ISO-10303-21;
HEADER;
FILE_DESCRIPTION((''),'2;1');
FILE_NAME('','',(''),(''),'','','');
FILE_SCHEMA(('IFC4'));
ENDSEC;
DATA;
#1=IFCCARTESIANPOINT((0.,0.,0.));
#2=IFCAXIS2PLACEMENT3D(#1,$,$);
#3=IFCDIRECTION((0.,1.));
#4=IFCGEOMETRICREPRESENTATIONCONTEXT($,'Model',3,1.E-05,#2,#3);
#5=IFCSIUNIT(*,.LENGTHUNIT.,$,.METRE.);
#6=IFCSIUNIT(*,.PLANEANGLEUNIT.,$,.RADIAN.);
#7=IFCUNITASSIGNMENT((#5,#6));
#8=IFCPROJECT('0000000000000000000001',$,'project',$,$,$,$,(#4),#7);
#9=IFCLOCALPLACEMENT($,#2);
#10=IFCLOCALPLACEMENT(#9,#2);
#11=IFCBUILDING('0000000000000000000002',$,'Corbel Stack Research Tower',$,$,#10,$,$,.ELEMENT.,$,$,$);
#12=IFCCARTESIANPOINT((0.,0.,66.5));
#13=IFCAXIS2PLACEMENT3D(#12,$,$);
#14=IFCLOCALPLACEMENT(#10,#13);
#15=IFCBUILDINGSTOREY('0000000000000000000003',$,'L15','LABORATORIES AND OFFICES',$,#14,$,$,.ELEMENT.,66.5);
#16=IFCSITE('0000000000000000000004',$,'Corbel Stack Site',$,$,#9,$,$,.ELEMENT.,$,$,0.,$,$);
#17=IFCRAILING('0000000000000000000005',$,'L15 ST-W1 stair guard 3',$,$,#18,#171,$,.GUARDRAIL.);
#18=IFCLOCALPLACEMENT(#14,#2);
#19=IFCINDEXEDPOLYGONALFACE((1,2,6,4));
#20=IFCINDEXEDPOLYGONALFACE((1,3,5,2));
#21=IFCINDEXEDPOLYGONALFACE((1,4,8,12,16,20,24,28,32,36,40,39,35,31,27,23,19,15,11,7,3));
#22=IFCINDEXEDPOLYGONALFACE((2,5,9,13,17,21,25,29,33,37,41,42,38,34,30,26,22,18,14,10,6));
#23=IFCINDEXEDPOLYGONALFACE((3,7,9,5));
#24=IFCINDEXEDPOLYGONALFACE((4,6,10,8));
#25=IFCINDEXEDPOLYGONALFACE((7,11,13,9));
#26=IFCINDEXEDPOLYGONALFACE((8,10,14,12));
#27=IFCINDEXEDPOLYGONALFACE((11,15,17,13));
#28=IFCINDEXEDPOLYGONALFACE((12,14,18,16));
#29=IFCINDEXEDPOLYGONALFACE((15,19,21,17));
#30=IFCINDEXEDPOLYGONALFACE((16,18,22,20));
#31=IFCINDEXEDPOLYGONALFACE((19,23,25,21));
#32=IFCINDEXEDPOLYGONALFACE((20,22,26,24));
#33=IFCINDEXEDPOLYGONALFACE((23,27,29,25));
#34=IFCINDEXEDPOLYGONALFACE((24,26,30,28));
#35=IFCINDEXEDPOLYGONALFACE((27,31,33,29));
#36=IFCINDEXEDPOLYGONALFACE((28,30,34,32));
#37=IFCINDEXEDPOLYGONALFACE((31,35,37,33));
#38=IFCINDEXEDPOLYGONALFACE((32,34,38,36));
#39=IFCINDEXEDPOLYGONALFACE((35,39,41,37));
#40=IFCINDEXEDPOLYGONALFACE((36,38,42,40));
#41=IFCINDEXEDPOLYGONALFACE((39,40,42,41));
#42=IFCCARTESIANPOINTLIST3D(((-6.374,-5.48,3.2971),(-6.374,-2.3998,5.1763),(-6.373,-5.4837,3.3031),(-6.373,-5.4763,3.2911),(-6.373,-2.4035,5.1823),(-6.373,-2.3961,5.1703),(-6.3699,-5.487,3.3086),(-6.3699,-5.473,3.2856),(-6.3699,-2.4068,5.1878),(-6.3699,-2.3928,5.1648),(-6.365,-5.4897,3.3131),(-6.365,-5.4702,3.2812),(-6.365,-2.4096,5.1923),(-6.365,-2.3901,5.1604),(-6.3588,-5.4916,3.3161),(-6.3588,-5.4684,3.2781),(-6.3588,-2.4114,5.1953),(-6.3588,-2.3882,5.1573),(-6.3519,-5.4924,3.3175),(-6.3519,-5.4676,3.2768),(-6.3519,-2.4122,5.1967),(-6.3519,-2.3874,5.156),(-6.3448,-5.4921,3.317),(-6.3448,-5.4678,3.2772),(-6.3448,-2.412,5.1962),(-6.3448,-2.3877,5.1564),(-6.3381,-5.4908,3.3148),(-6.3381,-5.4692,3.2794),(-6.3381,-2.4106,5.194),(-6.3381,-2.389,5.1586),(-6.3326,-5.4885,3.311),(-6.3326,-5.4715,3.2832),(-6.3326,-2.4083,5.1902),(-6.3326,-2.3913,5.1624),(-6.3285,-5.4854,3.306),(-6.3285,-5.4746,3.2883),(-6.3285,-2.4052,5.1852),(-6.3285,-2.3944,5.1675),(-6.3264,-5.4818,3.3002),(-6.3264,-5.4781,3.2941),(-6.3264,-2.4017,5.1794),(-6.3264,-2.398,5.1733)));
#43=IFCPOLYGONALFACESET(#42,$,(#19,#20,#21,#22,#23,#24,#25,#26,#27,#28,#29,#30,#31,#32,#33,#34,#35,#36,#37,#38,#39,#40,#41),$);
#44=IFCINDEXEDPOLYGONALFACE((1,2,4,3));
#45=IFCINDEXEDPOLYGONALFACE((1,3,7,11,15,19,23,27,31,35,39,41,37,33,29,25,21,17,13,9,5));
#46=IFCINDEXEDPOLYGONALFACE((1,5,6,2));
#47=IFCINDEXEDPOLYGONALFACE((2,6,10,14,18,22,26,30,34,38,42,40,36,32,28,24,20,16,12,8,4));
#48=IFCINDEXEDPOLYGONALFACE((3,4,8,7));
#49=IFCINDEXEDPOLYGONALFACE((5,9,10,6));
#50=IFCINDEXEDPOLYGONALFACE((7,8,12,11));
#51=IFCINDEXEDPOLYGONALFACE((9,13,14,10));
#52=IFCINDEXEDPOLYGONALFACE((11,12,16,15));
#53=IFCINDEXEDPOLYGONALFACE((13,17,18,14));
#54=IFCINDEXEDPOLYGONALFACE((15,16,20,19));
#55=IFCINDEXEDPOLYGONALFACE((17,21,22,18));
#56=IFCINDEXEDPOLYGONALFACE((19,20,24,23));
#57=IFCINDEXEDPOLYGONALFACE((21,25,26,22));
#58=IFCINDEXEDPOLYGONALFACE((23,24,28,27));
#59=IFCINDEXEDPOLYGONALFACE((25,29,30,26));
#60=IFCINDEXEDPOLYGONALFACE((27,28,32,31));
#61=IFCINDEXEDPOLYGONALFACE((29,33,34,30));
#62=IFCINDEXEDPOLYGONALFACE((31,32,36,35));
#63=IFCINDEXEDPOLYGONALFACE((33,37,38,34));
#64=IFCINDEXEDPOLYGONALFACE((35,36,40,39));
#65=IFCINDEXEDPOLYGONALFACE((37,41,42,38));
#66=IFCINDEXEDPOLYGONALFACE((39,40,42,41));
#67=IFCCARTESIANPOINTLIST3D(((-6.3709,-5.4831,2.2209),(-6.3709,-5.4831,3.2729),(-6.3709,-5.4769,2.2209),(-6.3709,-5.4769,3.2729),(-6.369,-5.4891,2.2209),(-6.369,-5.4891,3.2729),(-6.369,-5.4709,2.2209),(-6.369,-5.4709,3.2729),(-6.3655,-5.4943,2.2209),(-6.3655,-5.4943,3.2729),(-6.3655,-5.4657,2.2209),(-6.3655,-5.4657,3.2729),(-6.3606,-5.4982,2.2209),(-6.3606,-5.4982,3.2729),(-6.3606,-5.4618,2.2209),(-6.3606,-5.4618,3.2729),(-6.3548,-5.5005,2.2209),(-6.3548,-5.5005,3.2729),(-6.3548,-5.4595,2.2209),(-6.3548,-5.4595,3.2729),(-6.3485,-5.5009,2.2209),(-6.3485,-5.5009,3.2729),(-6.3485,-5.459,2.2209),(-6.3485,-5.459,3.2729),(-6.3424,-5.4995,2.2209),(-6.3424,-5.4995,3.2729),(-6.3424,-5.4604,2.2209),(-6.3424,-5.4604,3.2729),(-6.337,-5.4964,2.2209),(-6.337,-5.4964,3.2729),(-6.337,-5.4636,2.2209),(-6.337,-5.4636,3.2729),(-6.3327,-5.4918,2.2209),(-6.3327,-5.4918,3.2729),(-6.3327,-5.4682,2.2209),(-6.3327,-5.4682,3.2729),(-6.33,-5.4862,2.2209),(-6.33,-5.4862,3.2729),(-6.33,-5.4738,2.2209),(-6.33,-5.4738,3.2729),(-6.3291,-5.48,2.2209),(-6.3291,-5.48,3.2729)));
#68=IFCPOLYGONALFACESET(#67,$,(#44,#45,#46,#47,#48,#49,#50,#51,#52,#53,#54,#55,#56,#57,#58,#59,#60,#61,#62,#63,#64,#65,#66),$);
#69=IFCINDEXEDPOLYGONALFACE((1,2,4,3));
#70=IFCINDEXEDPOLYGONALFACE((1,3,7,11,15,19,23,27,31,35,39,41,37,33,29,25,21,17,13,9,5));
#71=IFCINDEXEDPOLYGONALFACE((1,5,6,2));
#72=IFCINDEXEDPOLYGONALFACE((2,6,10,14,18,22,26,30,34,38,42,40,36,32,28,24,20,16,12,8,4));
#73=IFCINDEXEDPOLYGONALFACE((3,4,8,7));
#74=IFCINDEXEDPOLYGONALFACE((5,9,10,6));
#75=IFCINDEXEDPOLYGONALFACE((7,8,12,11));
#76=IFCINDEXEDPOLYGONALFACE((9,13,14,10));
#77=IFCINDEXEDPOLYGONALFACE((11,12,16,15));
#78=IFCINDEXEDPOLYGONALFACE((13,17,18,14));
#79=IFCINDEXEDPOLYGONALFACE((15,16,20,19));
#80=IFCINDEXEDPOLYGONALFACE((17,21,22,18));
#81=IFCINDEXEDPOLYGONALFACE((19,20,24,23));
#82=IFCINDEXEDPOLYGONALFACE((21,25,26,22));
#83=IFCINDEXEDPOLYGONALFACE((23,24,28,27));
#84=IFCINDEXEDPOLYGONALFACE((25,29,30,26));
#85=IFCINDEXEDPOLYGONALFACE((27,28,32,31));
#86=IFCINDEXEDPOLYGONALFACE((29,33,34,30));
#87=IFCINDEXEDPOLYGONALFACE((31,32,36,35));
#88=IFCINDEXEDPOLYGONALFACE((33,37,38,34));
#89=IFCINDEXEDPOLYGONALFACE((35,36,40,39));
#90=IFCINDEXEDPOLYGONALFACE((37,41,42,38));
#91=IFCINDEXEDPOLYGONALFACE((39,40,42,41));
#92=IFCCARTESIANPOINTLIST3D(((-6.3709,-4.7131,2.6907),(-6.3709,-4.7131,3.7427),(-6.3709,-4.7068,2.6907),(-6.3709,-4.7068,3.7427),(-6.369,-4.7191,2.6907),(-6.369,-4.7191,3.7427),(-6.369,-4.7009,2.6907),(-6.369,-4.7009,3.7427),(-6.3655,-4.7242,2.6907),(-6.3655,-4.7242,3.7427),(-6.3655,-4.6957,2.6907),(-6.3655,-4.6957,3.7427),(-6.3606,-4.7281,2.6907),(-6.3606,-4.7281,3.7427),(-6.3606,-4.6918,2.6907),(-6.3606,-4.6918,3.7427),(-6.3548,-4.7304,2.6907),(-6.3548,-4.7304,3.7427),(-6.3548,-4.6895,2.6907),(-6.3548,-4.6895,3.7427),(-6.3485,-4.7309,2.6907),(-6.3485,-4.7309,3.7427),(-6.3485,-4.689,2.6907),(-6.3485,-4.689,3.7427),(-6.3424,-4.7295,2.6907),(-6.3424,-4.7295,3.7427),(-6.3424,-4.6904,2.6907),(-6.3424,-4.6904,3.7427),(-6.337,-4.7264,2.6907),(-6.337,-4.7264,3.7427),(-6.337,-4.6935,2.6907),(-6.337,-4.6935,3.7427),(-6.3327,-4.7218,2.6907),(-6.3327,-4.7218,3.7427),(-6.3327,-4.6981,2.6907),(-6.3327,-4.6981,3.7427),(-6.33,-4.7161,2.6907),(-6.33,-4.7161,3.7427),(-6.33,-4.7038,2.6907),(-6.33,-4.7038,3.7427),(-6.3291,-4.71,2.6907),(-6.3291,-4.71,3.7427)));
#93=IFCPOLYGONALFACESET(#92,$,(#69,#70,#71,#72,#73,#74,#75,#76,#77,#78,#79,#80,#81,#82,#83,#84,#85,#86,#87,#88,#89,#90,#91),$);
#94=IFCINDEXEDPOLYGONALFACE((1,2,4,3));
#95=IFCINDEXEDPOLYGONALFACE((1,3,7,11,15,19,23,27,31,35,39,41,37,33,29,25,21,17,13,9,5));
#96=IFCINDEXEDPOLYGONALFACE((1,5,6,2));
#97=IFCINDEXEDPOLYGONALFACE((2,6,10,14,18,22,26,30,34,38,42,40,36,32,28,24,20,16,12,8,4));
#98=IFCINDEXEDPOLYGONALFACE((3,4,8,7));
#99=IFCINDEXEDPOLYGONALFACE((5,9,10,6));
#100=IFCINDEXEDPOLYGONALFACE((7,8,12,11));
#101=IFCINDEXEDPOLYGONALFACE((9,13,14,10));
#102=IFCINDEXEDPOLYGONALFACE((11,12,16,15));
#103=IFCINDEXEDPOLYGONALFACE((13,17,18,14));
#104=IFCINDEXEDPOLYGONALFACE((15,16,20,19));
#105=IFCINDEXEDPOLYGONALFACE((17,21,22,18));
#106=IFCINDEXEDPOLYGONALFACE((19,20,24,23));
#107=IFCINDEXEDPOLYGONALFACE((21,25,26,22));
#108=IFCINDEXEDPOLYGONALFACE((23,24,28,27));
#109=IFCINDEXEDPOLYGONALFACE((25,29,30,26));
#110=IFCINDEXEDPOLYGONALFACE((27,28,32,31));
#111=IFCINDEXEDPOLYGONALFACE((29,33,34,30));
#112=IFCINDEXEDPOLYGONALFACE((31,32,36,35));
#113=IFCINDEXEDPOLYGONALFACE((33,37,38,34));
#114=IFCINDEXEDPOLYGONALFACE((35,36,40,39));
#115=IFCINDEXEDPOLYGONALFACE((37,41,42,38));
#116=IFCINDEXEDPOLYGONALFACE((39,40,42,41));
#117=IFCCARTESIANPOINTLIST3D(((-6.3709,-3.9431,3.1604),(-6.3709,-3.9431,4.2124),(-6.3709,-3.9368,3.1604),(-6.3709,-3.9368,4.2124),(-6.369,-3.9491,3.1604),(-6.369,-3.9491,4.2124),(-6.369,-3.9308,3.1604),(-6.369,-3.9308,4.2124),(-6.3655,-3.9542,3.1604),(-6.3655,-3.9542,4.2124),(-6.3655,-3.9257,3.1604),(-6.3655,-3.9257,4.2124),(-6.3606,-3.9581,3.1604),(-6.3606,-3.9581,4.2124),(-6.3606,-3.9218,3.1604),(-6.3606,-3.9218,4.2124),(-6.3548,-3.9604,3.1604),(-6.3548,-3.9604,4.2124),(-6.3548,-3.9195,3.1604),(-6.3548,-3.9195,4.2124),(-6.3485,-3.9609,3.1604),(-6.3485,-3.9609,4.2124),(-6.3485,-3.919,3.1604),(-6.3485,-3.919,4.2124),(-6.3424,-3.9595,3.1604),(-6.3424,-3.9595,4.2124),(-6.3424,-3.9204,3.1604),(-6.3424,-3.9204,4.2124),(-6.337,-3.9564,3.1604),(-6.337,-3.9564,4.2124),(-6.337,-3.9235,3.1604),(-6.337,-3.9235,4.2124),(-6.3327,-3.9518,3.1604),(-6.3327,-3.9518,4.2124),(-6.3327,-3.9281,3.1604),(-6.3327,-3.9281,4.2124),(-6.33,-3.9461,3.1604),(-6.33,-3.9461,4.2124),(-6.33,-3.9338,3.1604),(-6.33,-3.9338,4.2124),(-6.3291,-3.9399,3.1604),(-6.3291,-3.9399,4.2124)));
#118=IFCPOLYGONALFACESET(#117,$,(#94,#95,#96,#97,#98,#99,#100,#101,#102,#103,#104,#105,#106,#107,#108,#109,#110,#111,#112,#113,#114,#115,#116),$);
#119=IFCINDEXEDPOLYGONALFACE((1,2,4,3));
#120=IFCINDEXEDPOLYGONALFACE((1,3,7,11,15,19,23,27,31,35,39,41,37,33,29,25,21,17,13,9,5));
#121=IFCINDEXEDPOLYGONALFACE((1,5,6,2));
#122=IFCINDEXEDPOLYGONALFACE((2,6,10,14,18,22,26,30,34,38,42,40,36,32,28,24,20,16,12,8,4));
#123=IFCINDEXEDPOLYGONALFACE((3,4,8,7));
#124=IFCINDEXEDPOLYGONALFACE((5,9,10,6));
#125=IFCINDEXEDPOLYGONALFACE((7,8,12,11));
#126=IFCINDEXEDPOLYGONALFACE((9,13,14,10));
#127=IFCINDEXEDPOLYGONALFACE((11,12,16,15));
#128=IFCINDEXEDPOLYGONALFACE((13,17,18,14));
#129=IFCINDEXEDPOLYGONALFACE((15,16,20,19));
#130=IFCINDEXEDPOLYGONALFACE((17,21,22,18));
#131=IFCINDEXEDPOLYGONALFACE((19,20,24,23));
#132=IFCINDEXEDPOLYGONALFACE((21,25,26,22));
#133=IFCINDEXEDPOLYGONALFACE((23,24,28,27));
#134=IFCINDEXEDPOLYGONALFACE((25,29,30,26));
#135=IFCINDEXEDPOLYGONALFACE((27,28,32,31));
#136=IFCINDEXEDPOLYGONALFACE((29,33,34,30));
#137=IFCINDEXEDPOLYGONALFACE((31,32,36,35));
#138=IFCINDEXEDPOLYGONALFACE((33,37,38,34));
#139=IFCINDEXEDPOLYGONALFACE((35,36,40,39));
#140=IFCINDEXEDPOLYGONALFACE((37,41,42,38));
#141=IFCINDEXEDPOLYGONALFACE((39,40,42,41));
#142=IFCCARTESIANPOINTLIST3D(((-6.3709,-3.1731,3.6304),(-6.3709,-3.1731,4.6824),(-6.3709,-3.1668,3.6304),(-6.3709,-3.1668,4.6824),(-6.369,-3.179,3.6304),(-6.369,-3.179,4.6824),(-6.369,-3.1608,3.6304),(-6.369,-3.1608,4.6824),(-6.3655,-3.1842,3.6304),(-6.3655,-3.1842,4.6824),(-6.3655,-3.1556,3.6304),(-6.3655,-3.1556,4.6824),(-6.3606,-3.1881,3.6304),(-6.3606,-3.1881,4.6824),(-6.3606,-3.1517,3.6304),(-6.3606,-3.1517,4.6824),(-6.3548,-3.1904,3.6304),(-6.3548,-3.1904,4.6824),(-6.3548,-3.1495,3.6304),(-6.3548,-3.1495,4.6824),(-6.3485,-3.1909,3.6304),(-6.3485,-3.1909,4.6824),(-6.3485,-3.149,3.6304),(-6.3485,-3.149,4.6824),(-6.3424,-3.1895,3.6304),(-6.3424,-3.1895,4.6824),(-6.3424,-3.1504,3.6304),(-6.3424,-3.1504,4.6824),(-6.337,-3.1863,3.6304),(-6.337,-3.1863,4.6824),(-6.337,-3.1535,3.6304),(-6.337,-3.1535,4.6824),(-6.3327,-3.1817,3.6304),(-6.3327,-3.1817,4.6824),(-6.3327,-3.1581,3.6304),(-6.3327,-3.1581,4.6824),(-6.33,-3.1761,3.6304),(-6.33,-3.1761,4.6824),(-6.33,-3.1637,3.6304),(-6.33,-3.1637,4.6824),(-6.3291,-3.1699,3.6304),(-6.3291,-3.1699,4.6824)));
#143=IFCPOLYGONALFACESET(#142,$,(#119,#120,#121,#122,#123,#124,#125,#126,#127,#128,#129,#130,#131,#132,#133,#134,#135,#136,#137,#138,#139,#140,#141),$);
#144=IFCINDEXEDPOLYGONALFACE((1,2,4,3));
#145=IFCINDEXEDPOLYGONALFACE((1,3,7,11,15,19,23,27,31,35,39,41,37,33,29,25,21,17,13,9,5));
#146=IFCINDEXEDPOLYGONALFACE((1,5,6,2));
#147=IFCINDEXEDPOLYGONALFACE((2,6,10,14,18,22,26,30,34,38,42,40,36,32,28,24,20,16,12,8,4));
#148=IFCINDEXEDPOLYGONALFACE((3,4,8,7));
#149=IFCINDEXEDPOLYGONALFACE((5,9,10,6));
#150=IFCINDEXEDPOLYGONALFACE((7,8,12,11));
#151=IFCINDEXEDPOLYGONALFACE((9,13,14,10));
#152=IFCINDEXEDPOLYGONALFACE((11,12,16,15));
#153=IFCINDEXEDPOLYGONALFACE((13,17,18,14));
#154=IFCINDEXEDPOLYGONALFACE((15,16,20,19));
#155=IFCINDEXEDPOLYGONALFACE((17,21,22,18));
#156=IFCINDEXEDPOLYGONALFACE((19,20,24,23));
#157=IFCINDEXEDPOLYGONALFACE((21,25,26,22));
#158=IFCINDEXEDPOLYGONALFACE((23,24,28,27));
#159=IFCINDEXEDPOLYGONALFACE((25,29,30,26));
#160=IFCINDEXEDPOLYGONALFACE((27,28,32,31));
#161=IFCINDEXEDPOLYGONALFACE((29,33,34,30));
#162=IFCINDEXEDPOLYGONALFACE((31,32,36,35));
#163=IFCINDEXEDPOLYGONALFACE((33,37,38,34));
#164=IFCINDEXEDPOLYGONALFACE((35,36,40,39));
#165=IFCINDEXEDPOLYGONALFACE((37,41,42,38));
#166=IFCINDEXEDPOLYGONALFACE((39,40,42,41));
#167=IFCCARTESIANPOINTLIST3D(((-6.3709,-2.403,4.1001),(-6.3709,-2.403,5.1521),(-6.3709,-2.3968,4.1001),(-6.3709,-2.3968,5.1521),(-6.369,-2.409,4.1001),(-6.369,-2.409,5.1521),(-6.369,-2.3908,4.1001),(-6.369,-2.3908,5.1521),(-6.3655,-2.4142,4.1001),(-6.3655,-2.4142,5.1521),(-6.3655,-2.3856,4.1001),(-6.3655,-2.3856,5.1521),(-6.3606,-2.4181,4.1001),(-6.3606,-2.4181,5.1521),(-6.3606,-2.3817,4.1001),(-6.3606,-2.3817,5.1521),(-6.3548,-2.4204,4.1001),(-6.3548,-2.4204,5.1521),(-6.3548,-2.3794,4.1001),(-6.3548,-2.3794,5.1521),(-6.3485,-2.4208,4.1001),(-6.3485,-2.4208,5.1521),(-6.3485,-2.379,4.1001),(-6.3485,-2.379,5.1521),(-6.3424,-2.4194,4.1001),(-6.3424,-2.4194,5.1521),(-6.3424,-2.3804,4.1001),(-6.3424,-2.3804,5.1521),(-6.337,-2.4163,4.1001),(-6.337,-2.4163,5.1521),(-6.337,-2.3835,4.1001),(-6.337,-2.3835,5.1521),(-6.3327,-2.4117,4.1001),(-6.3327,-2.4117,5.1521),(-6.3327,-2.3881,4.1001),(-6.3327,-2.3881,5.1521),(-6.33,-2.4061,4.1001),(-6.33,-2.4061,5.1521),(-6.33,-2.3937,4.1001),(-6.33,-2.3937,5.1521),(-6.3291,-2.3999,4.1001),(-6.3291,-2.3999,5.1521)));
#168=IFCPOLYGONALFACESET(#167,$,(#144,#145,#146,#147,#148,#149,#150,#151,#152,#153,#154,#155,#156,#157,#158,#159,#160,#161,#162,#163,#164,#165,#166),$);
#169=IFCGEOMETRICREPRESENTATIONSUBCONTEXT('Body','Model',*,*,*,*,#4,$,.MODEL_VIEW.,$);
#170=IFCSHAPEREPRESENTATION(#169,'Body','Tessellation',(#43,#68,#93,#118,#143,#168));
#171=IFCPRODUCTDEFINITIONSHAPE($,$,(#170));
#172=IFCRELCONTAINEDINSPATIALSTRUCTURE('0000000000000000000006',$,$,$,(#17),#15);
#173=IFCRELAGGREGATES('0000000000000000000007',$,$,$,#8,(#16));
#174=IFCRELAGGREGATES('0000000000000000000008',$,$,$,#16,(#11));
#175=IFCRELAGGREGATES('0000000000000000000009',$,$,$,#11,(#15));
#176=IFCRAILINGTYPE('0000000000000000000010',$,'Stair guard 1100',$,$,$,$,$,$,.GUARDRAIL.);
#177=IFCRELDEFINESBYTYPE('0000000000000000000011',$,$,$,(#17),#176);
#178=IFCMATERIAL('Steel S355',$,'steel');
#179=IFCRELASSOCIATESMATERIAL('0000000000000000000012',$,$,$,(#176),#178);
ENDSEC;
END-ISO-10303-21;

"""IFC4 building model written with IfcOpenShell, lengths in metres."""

from ifc_helpers import new_model, si_unit, direction, frame, origin, origin_2d, place, context, subcontext, project, spatial, circle, extrude, material, type_object, element, save


model = new_model("IFC4")

# Units and contexts
model_context = context("Model", 3, precision=1e-05, world=origin(), true_north=direction((0.0, 1.0)))
body_context = subcontext(model_context, "Body", "Model", "MODEL_VIEW")
ifc_project = project(units=[si_unit("LENGTHUNIT", "METRE"), si_unit("PLANEANGLEUNIT", "RADIAN")], contexts=[model_context])

# Site, building, storey
site_placement = place(None, origin())
site = spatial("IfcSite", under=ifc_project, at=site_placement, Name="Corbel Stack Site", CompositionType="ELEMENT", RefElevation=0.0)
building_placement = place(site_placement, origin())
building = spatial("IfcBuilding", under=site, at=building_placement, Name="Corbel Stack Research Tower", CompositionType="ELEMENT")
storey_placement = place(building_placement, frame((0.0, 0.0, 66.5)))
storey = spatial("IfcBuildingStorey", under=building, at=storey_placement, Name="L15", Description="LABORATORIES AND OFFICES", CompositionType="ELEMENT", Elevation=66.5)

# Railing
ifc_material_1 = material(Name="Steel S355", Category="steel")
railing_type_1 = type_object("IfcRailingType", Name="Stair guard 1100", PredefinedType="GUARDRAIL", material=ifc_material_1)
railing_1_placement = place(storey_placement, frame((-6.3501, -5.48, 2.2209)))
element("IfcRailing", 1, at=railing_1_placement, inside=storey, type_object=railing_type_1, Name="L15 ST-W1 stair guard 3", PredefinedType="GUARDRAIL", context=body_context, shape_type="SweptSolid", body=[
    extrude(circle(Radius=0.0239, at=origin_2d()), frame((0.0, 0.0, 1.0762), z_axis=(0.0, 0.853666, 0.52082), x_axis=(-1.0, 0.0, 0.0)), (0.0, 0.0, 1.0), 3.6082),
    extrude(circle(Radius=0.021, at=origin_2d()), origin(), (0.0, 0.0, 1.0), 1.052),
    extrude(circle(Radius=0.021, at=origin_2d()), frame((0.0, 0.77, 0.4697)), (0.0, 0.0, 1.0), 1.052),
    extrude(circle(Radius=0.021, at=origin_2d()), frame((0.0, 1.54, 0.9395)), (0.0, 0.0, 1.0), 1.052),
    extrude(circle(Radius=0.021, at=origin_2d()), frame((0.0, 2.3101, 1.4094)), (0.0, 0.0, 1.0), 1.052),
    extrude(circle(Radius=0.021, at=origin_2d()), frame((0.0, 3.0801, 1.8792)), (0.0, 0.0, 1.0), 1.052),
])

save(model, "model.ifc")
